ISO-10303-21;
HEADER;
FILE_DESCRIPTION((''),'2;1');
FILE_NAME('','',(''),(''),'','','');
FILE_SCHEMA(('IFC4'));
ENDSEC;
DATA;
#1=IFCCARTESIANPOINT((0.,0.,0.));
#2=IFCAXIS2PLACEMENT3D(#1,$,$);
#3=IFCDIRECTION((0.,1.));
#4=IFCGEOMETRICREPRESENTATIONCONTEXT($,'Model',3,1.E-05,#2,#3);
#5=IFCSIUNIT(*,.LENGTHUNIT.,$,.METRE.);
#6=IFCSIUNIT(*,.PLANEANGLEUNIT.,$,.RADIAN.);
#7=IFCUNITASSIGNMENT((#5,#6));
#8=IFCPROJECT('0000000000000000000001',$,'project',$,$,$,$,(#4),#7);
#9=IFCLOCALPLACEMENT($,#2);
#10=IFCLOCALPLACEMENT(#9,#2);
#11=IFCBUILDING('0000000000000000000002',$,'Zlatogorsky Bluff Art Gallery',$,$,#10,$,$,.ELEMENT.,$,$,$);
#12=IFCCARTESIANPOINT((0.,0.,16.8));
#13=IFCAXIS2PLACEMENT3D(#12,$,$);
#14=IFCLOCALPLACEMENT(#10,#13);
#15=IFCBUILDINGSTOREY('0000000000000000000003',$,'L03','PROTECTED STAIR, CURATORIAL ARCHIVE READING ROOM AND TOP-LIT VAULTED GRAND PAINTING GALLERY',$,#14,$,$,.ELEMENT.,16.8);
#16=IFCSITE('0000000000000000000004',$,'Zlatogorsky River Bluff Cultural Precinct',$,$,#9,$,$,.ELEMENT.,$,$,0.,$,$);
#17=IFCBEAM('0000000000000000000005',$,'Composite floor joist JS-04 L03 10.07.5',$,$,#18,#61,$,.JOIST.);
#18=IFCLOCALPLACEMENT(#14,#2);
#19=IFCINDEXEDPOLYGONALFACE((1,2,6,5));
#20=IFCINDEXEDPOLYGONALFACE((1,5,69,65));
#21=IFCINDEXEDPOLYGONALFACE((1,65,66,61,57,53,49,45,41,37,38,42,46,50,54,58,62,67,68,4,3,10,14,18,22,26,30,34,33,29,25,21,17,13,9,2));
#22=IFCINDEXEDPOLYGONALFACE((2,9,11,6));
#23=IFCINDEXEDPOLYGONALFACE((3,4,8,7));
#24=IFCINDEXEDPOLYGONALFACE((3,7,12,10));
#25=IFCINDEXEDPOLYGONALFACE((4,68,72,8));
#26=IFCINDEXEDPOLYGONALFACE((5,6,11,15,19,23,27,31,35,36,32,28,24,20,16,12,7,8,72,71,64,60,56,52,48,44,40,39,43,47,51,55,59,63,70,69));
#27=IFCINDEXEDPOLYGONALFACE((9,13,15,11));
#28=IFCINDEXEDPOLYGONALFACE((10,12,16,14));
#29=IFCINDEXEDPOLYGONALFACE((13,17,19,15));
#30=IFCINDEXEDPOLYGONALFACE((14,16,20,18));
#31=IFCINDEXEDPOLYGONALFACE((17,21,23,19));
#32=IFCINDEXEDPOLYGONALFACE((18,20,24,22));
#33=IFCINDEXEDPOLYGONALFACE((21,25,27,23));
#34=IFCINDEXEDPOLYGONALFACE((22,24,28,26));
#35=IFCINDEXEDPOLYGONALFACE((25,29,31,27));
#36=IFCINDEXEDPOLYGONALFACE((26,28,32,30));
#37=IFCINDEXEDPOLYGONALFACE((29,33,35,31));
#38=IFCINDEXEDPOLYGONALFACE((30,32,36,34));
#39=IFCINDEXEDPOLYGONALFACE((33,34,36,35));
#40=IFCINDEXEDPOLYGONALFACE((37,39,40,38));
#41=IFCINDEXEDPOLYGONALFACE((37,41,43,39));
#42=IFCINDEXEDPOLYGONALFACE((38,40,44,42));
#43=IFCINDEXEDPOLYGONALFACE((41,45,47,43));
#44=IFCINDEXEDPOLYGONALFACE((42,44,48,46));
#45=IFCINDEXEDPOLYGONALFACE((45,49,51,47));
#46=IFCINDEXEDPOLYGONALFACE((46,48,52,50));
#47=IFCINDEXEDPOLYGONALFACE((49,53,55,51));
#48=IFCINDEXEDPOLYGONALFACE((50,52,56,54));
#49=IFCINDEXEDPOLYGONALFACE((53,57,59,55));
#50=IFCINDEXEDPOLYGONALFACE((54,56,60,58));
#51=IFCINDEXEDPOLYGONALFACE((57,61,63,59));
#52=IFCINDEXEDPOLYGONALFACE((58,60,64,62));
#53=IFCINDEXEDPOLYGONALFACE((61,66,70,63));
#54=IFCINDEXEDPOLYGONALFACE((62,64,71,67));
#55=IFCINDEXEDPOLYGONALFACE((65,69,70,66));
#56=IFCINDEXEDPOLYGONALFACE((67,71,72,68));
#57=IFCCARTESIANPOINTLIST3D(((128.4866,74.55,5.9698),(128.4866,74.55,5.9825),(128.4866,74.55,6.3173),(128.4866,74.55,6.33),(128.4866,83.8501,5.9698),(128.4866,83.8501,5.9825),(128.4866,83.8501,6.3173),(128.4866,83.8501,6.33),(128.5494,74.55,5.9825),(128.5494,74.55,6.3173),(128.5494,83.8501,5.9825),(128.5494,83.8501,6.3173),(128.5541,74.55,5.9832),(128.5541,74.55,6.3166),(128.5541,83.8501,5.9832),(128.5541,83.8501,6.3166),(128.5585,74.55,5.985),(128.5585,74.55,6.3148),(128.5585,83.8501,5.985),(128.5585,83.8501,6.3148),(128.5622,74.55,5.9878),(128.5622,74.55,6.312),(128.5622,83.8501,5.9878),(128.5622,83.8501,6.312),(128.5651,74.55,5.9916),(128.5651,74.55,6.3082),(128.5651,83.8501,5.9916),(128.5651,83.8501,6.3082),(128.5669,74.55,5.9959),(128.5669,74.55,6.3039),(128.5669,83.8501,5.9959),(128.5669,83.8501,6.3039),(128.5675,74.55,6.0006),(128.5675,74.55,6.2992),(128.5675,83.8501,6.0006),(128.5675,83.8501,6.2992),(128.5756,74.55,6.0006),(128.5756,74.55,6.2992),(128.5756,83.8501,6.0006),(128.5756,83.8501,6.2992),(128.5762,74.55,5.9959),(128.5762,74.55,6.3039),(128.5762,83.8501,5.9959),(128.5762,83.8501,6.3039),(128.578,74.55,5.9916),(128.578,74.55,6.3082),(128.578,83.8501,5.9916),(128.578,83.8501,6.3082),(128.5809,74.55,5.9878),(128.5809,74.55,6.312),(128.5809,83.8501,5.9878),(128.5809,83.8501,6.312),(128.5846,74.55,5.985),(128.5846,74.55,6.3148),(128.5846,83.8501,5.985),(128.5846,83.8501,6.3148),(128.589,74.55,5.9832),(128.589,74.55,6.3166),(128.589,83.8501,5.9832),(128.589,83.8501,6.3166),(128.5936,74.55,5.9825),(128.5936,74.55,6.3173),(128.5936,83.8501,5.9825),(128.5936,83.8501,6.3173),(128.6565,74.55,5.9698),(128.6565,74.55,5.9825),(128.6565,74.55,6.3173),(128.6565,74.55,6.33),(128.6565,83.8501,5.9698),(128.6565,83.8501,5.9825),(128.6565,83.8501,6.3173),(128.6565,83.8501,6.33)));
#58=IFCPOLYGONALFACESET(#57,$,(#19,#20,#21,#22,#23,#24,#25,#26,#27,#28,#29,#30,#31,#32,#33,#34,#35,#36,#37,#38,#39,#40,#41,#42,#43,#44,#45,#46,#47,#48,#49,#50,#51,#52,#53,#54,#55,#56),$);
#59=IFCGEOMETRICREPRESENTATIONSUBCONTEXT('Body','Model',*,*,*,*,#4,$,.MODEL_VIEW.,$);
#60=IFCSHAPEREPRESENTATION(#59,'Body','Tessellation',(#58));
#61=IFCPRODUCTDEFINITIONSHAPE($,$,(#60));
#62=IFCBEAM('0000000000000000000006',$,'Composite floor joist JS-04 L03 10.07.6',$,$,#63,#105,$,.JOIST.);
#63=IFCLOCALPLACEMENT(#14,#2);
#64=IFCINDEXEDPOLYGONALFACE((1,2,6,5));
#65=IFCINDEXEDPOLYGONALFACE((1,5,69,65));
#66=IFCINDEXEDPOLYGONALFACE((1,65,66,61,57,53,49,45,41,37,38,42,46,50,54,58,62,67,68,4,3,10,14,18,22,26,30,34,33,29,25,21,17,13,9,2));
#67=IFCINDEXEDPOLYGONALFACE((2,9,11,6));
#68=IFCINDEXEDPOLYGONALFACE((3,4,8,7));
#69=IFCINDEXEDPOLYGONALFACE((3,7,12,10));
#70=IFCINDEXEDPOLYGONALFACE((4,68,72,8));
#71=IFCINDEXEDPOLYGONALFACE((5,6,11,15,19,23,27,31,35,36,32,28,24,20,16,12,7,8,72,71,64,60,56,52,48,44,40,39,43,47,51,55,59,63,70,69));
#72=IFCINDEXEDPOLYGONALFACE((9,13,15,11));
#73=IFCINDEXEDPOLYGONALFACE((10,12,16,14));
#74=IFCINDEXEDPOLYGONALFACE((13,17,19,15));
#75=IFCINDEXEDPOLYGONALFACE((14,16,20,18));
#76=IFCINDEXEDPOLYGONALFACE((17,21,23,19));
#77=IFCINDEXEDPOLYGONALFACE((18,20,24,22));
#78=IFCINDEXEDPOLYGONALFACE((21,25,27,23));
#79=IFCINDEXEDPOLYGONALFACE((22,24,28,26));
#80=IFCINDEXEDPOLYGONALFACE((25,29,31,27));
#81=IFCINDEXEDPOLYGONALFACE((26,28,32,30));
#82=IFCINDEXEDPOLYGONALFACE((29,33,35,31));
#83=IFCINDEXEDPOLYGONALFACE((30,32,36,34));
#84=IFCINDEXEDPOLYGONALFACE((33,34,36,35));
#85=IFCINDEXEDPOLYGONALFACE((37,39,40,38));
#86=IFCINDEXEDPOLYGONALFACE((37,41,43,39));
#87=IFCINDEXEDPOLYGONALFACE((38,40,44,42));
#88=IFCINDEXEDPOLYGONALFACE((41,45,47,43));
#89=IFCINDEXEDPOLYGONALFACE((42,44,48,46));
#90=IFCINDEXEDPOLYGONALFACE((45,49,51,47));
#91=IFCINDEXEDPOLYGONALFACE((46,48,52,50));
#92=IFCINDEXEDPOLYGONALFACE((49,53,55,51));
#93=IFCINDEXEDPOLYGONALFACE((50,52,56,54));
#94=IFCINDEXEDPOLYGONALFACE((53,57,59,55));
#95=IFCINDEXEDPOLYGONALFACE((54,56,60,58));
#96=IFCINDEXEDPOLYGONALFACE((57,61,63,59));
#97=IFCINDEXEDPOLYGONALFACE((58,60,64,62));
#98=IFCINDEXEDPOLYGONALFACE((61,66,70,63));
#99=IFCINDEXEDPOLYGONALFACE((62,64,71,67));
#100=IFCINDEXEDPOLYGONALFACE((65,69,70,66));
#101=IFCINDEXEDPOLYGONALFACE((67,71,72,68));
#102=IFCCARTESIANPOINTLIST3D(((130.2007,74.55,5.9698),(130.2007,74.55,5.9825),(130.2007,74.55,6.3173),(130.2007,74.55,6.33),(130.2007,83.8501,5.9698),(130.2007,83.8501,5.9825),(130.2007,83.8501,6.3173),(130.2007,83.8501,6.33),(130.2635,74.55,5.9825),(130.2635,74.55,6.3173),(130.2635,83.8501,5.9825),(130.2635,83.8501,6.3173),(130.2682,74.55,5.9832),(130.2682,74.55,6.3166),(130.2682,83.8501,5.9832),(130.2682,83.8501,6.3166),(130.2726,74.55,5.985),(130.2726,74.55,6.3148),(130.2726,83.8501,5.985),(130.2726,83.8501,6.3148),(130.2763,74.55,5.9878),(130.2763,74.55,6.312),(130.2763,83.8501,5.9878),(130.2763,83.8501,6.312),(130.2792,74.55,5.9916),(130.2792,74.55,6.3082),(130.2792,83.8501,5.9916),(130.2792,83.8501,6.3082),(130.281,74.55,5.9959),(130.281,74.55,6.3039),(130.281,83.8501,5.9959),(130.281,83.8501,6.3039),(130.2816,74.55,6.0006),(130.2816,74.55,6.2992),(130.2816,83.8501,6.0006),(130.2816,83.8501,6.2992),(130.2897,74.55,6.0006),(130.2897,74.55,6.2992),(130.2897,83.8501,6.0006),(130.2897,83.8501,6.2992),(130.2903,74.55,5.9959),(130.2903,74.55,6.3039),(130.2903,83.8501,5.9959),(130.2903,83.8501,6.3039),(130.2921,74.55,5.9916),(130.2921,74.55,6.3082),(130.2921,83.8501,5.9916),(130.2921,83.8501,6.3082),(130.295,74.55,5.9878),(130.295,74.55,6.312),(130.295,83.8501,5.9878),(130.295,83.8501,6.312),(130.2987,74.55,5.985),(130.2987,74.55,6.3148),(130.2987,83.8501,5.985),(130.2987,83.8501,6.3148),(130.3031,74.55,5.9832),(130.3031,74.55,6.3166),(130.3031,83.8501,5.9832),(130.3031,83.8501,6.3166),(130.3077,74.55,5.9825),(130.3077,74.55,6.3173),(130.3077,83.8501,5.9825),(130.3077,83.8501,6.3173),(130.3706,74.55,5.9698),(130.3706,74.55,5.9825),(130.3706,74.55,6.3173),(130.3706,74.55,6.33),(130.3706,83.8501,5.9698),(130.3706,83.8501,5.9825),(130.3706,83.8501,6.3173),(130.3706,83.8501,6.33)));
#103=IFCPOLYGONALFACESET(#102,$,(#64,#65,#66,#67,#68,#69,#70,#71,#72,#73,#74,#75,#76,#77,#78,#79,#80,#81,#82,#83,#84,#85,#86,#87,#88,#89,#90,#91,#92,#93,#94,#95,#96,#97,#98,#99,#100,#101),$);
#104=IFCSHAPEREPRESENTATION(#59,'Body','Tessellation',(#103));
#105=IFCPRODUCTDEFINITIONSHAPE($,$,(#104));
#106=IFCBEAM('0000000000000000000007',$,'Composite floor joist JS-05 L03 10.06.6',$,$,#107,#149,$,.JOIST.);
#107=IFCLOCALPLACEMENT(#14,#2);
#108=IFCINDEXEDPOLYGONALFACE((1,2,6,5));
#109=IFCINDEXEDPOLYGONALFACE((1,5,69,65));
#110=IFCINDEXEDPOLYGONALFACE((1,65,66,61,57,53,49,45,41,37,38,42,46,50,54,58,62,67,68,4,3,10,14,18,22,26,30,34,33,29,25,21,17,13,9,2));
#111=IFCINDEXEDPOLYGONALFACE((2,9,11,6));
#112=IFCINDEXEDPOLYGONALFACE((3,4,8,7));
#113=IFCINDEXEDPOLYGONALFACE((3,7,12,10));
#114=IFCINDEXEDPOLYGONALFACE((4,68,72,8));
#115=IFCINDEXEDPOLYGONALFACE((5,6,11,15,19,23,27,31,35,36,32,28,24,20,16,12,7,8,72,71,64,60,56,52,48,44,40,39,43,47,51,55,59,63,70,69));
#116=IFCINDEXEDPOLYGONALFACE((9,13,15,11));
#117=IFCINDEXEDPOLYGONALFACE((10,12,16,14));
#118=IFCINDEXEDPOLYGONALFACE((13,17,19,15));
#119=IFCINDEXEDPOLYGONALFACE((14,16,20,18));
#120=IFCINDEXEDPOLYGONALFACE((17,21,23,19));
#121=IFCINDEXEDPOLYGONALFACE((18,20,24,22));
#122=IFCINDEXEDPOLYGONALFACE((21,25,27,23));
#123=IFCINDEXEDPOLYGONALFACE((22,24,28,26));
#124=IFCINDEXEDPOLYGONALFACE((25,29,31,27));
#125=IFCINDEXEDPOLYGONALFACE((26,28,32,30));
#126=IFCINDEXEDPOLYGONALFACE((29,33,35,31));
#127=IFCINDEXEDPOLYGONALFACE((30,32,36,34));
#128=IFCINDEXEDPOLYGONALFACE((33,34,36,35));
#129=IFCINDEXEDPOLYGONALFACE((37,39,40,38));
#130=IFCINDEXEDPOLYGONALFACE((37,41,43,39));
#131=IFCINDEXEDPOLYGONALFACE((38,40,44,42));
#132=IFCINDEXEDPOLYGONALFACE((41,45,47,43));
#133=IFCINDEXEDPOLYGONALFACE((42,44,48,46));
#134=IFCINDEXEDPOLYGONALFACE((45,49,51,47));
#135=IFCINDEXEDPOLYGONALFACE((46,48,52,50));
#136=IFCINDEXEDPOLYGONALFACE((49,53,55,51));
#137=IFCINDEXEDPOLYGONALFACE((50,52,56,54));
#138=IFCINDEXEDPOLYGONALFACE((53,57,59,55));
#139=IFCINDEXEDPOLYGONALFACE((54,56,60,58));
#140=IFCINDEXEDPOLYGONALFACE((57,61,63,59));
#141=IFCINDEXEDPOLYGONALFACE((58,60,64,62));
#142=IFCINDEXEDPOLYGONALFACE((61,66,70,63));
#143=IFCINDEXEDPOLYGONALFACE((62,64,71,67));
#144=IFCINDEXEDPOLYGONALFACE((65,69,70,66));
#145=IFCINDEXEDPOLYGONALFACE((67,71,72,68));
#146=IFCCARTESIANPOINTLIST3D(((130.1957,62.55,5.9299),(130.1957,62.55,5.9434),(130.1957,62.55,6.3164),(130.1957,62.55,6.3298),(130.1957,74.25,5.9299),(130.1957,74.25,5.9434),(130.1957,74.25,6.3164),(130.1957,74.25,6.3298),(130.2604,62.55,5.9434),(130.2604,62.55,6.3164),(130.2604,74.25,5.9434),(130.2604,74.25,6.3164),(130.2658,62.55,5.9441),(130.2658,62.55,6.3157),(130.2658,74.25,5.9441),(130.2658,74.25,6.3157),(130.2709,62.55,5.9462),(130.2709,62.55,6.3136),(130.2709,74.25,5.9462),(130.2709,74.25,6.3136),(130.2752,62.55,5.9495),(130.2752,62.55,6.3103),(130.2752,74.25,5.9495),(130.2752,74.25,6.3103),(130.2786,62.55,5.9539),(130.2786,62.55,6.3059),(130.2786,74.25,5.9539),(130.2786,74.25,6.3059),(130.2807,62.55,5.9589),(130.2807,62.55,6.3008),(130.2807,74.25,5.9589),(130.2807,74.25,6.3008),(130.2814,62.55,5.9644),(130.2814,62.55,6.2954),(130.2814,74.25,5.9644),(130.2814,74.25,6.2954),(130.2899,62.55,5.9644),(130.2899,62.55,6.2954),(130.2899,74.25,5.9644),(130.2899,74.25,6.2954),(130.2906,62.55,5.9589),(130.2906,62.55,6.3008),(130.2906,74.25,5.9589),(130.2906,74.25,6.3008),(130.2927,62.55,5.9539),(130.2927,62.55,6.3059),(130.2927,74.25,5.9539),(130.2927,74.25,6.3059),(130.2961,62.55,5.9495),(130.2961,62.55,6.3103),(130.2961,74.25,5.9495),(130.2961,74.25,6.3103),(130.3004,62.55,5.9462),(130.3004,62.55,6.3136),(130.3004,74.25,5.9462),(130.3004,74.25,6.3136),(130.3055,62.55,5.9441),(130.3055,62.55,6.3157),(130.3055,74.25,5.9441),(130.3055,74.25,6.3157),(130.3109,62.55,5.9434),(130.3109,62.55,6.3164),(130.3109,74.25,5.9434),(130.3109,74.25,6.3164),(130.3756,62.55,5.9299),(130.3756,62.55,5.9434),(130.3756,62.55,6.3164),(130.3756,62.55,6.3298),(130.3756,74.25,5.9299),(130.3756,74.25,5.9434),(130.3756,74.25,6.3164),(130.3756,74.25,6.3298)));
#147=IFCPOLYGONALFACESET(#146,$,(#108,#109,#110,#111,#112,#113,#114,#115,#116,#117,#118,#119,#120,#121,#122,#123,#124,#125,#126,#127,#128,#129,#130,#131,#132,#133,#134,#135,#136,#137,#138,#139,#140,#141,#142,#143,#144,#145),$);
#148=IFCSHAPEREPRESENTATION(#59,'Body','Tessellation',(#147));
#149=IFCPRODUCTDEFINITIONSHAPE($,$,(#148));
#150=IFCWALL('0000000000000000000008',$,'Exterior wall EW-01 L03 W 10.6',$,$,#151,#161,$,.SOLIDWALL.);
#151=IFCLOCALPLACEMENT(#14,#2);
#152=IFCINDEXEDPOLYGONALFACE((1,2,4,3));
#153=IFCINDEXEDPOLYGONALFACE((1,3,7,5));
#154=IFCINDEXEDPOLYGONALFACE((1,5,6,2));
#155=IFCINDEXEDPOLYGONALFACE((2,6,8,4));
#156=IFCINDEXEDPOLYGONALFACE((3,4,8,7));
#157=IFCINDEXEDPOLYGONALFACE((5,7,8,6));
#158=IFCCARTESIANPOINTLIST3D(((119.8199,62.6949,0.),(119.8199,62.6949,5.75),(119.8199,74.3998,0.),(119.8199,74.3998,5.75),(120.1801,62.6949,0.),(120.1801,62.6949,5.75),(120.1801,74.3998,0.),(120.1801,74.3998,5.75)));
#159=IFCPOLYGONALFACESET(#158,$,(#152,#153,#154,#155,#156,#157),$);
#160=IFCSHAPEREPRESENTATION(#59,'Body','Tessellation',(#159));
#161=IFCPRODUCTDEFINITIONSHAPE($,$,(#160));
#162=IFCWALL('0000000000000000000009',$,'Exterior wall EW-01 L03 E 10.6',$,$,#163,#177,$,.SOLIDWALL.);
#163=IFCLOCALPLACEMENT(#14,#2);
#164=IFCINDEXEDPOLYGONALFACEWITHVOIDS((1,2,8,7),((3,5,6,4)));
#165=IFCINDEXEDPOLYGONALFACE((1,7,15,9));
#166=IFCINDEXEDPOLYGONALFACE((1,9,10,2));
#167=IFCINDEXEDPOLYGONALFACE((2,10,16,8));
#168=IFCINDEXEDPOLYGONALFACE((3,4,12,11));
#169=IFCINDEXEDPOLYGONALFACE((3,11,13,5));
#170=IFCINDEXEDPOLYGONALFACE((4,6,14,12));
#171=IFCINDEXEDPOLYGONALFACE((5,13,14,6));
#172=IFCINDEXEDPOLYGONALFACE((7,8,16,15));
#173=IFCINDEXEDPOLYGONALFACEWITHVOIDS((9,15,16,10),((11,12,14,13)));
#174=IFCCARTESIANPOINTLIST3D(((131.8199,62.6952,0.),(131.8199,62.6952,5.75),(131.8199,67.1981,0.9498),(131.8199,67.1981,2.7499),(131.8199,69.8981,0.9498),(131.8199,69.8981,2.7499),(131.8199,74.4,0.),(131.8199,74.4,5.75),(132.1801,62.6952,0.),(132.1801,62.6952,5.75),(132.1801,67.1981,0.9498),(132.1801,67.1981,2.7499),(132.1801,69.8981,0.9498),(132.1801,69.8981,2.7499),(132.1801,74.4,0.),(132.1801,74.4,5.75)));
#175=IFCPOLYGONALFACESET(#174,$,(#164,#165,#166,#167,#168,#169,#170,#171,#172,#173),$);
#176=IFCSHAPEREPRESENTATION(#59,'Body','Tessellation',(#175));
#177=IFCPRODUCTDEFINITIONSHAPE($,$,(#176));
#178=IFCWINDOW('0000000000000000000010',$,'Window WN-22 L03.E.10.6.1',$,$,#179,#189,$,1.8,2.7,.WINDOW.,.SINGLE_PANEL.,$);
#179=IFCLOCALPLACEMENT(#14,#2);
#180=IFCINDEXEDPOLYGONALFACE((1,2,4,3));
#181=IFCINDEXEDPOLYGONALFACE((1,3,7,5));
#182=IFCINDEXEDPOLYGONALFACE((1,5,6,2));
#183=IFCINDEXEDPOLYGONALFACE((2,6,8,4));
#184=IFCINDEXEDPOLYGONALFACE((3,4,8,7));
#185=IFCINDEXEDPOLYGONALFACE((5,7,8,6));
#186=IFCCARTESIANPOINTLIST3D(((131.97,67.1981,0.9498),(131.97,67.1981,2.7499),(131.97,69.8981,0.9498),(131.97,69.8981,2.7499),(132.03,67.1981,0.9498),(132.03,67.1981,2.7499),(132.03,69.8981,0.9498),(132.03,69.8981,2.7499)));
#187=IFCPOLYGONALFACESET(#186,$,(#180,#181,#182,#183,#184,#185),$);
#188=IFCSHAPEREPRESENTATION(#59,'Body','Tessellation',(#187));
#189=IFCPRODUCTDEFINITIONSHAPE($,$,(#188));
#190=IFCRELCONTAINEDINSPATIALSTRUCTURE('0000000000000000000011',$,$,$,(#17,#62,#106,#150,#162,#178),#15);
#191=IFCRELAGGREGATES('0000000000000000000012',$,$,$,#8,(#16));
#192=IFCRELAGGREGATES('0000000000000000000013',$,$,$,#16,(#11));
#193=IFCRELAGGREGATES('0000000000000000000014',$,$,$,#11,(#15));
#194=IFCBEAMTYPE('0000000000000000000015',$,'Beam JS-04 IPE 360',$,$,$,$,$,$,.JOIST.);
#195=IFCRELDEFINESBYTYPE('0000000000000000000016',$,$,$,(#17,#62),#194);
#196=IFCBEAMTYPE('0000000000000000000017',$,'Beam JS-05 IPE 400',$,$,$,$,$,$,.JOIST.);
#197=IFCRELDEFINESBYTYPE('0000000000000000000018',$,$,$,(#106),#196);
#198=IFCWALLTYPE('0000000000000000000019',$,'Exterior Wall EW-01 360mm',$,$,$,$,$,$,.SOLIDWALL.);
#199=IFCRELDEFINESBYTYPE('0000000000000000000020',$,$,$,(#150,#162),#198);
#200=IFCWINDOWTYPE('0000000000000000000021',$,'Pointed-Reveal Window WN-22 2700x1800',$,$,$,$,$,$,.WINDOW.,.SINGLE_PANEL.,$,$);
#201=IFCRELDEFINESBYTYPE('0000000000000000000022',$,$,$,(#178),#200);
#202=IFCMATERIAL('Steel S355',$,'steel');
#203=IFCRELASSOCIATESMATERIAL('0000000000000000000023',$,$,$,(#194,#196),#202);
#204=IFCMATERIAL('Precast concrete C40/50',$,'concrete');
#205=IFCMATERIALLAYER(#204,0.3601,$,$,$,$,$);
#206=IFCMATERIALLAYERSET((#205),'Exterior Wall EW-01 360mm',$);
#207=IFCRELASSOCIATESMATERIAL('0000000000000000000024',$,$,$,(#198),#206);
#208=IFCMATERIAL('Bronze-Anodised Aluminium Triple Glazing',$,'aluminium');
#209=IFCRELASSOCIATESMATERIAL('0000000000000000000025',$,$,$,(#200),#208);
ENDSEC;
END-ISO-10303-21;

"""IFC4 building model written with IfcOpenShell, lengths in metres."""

from ifc_helpers import new_model, si_unit, direction, frame, frame_2d, origin, origin_2d, place, context, subcontext, project, spatial, rectangle, i_section, extrude, material, layer, layer_set, material_profile, profile_set, type_object, element, fill, save


model = new_model("IFC4")

# Units and contexts
model_context = context("Model", 3, precision=1e-05, world=origin(), true_north=direction((0.0, 1.0)))
body_context = subcontext(model_context, "Body", "Model", "MODEL_VIEW")
ifc_project = project(units=[si_unit("LENGTHUNIT", "METRE"), si_unit("PLANEANGLEUNIT", "RADIAN")], contexts=[model_context])

# Site, building, storey
site_placement = place(None, origin())
site = spatial("IfcSite", under=ifc_project, at=site_placement, Name="Zlatogorsky River Bluff Cultural Precinct", CompositionType="ELEMENT", RefElevation=0.0)
building_placement = place(site_placement, origin())
building = spatial("IfcBuilding", under=site, at=building_placement, Name="Zlatogorsky Bluff Art Gallery", CompositionType="ELEMENT")
storey_placement = place(building_placement, frame((0.0, 0.0, 16.8)))
storey = spatial("IfcBuildingStorey", under=building, at=storey_placement, Name="L03", Description="PROTECTED STAIR, CURATORIAL ARCHIVE READING ROOM AND TOP-LIT VAULTED GRAND PAINTING GALLERY", CompositionType="ELEMENT", Elevation=16.8)

# Shared definitions
ifc_material_1 = material(Name="Steel S355", Category="steel")

# Beams
ifc_material_profile_1 = material_profile(ifc_material_1, i_section(OverallWidth=0.1699, OverallDepth=0.3601, WebThickness=0.0081, FlangeThickness=0.0127, FilletRadius=0.0181, at=origin_2d()), Name="IPE 360")
ifc_profile_set_1 = profile_set([ifc_material_profile_1], Name="Steel S355")
beam_type_1 = type_object("IfcBeamType", Name="Beam JS-04 IPE 360", PredefinedType="JOIST", material=ifc_profile_set_1)
for number, where, z_axis, x_axis, name in (
    (1, (128.5715, 74.55, 6.1499), (0.0, 1.0, 0.0), (-1.0, 0.0, 0.0), "Composite floor joist JS-04 L03 10.07.5"),
    (2, (130.2856, 74.55, 6.1499), (0.0, 1.0, 0.0), (-1.0, 0.0, 0.0), "Composite floor joist JS-04 L03 10.07.6"),
):
    element("IfcBeam", number, at=place(storey_placement, frame(where, z_axis=z_axis, x_axis=x_axis)), inside=storey, type_object=beam_type_1, Name=name, PredefinedType="JOIST", context=body_context, shape_type="SweptSolid", body=[
        extrude(i_section(OverallWidth=0.1699, OverallDepth=0.3601, WebThickness=0.0081, FlangeThickness=0.0127, FilletRadius=0.0181, at=origin_2d()), origin(), (0.0, 0.0, 1.0), 9.3),
    ])
ifc_material_profile_2 = material_profile(ifc_material_1, i_section(OverallWidth=0.1799, OverallDepth=0.3999, WebThickness=0.0085, FlangeThickness=0.0134, FilletRadius=0.021, at=origin_2d()), Name="IPE 400")
ifc_profile_set_2 = profile_set([ifc_material_profile_2], Name="Steel S355")
beam_type_2 = type_object("IfcBeamType", Name="Beam JS-05 IPE 400", PredefinedType="JOIST", material=ifc_profile_set_2)
beam_1_placement = place(storey_placement, frame((130.2856, 62.55, 6.1299), z_axis=(0.0, 1.0, 0.0), x_axis=(-1.0, 0.0, 0.0)))
element("IfcBeam", 3, at=beam_1_placement, inside=storey, type_object=beam_type_2, Name="Composite floor joist JS-05 L03 10.06.6", PredefinedType="JOIST", context=body_context, shape_type="SweptSolid", body=[
    extrude(i_section(OverallWidth=0.1799, OverallDepth=0.3999, WebThickness=0.0085, FlangeThickness=0.0134, FilletRadius=0.021, at=origin_2d()), origin(), (0.0, 0.0, 1.0), 11.7),
])

# Wall
ifc_material_2 = material(Name="Precast concrete C40/50", Category="concrete")
ifc_layer_1 = layer(ifc_material_2, 0.3601)
ifc_layer_set_1 = layer_set([ifc_layer_1], Name="Exterior Wall EW-01 360mm")
wall_type_1 = type_object("IfcWallType", Name="Exterior Wall EW-01 360mm", PredefinedType="SOLIDWALL", material=ifc_layer_set_1)
wall_1_placement = place(storey_placement, frame((120.0, 74.3999, 0.0), z_axis=(0.0, 0.0, 1.0), x_axis=(0.0, -1.0, 0.0)))
element("IfcWall", 4, at=wall_1_placement, inside=storey, type_object=wall_type_1, Name="Exterior wall EW-01 L03 W 10.6", PredefinedType="SOLIDWALL", context=body_context, shape_type="SweptSolid", body=[
    extrude(rectangle(XDim=11.7048, YDim=0.3601, at=frame_2d((5.8525, 0.0))), origin(), (0.0, 0.0, 1.0), 5.75),
])

# Wall, opening, window
wall_2_placement = place(storey_placement, frame((132.0, 62.6951, 0.0), z_axis=(0.0, 0.0, 1.0), x_axis=(0.0, 1.0, 0.0)))
wall_2 = element("IfcWall", 5, at=wall_2_placement, inside=storey, type_object=wall_type_1, Name="Exterior wall EW-01 L03 E 10.6", PredefinedType="SOLIDWALL", context=body_context, shape_type="SweptSolid", body=[
    extrude(rectangle(XDim=11.7048, YDim=0.3601, at=frame_2d((5.8525, 0.0))), origin(), (0.0, 0.0, 1.0), 5.75),
])
opening_1_placement = place(wall_2_placement, frame((4.5029, 0.0, 0.95)))
opening_1 = element("IfcOpeningElement", 6, at=opening_1_placement, cuts=wall_2, PredefinedType="OPENING", context=body_context, shape_type="SweptSolid", body=[
    extrude(rectangle(XDim=2.7, YDim=1.8, at=frame_2d((1.3501, 0.8999))), frame((0.0, 0.1899, 0.0), z_axis=(0.0, -1.0, 0.0), x_axis=(1.0, 0.0, 0.0)), (0.0, 0.0, 1.0), 0.3801),
])
ifc_material_3 = material(Name="Bronze-Anodised Aluminium Triple Glazing", Category="aluminium")
window_type = type_object("IfcWindowType", Name="Pointed-Reveal Window WN-22 2700x1800", PartitioningType="SINGLE_PANEL", PredefinedType="WINDOW", material=ifc_material_3)
window_placement = place(opening_1_placement, origin())
window = element("IfcWindow", 7, at=window_placement, inside=storey, type_object=window_type, Name="Window WN-22 L03.E.10.6.1", OverallHeight=1.8, OverallWidth=2.7, PartitioningType="SINGLE_PANEL", PredefinedType="WINDOW", context=body_context, shape_type="SweptSolid", body=[
    extrude(rectangle(XDim=2.7, YDim=1.8, at=frame_2d((1.3501, 0.8999))), frame((0.0, 0.03, 0.0), z_axis=(0.0, -1.0, 0.0), x_axis=(1.0, 0.0, 0.0)), (0.0, 0.0, 1.0), 0.0601),
])
fill(opening_1, window)

save(model, "model.ifc")
